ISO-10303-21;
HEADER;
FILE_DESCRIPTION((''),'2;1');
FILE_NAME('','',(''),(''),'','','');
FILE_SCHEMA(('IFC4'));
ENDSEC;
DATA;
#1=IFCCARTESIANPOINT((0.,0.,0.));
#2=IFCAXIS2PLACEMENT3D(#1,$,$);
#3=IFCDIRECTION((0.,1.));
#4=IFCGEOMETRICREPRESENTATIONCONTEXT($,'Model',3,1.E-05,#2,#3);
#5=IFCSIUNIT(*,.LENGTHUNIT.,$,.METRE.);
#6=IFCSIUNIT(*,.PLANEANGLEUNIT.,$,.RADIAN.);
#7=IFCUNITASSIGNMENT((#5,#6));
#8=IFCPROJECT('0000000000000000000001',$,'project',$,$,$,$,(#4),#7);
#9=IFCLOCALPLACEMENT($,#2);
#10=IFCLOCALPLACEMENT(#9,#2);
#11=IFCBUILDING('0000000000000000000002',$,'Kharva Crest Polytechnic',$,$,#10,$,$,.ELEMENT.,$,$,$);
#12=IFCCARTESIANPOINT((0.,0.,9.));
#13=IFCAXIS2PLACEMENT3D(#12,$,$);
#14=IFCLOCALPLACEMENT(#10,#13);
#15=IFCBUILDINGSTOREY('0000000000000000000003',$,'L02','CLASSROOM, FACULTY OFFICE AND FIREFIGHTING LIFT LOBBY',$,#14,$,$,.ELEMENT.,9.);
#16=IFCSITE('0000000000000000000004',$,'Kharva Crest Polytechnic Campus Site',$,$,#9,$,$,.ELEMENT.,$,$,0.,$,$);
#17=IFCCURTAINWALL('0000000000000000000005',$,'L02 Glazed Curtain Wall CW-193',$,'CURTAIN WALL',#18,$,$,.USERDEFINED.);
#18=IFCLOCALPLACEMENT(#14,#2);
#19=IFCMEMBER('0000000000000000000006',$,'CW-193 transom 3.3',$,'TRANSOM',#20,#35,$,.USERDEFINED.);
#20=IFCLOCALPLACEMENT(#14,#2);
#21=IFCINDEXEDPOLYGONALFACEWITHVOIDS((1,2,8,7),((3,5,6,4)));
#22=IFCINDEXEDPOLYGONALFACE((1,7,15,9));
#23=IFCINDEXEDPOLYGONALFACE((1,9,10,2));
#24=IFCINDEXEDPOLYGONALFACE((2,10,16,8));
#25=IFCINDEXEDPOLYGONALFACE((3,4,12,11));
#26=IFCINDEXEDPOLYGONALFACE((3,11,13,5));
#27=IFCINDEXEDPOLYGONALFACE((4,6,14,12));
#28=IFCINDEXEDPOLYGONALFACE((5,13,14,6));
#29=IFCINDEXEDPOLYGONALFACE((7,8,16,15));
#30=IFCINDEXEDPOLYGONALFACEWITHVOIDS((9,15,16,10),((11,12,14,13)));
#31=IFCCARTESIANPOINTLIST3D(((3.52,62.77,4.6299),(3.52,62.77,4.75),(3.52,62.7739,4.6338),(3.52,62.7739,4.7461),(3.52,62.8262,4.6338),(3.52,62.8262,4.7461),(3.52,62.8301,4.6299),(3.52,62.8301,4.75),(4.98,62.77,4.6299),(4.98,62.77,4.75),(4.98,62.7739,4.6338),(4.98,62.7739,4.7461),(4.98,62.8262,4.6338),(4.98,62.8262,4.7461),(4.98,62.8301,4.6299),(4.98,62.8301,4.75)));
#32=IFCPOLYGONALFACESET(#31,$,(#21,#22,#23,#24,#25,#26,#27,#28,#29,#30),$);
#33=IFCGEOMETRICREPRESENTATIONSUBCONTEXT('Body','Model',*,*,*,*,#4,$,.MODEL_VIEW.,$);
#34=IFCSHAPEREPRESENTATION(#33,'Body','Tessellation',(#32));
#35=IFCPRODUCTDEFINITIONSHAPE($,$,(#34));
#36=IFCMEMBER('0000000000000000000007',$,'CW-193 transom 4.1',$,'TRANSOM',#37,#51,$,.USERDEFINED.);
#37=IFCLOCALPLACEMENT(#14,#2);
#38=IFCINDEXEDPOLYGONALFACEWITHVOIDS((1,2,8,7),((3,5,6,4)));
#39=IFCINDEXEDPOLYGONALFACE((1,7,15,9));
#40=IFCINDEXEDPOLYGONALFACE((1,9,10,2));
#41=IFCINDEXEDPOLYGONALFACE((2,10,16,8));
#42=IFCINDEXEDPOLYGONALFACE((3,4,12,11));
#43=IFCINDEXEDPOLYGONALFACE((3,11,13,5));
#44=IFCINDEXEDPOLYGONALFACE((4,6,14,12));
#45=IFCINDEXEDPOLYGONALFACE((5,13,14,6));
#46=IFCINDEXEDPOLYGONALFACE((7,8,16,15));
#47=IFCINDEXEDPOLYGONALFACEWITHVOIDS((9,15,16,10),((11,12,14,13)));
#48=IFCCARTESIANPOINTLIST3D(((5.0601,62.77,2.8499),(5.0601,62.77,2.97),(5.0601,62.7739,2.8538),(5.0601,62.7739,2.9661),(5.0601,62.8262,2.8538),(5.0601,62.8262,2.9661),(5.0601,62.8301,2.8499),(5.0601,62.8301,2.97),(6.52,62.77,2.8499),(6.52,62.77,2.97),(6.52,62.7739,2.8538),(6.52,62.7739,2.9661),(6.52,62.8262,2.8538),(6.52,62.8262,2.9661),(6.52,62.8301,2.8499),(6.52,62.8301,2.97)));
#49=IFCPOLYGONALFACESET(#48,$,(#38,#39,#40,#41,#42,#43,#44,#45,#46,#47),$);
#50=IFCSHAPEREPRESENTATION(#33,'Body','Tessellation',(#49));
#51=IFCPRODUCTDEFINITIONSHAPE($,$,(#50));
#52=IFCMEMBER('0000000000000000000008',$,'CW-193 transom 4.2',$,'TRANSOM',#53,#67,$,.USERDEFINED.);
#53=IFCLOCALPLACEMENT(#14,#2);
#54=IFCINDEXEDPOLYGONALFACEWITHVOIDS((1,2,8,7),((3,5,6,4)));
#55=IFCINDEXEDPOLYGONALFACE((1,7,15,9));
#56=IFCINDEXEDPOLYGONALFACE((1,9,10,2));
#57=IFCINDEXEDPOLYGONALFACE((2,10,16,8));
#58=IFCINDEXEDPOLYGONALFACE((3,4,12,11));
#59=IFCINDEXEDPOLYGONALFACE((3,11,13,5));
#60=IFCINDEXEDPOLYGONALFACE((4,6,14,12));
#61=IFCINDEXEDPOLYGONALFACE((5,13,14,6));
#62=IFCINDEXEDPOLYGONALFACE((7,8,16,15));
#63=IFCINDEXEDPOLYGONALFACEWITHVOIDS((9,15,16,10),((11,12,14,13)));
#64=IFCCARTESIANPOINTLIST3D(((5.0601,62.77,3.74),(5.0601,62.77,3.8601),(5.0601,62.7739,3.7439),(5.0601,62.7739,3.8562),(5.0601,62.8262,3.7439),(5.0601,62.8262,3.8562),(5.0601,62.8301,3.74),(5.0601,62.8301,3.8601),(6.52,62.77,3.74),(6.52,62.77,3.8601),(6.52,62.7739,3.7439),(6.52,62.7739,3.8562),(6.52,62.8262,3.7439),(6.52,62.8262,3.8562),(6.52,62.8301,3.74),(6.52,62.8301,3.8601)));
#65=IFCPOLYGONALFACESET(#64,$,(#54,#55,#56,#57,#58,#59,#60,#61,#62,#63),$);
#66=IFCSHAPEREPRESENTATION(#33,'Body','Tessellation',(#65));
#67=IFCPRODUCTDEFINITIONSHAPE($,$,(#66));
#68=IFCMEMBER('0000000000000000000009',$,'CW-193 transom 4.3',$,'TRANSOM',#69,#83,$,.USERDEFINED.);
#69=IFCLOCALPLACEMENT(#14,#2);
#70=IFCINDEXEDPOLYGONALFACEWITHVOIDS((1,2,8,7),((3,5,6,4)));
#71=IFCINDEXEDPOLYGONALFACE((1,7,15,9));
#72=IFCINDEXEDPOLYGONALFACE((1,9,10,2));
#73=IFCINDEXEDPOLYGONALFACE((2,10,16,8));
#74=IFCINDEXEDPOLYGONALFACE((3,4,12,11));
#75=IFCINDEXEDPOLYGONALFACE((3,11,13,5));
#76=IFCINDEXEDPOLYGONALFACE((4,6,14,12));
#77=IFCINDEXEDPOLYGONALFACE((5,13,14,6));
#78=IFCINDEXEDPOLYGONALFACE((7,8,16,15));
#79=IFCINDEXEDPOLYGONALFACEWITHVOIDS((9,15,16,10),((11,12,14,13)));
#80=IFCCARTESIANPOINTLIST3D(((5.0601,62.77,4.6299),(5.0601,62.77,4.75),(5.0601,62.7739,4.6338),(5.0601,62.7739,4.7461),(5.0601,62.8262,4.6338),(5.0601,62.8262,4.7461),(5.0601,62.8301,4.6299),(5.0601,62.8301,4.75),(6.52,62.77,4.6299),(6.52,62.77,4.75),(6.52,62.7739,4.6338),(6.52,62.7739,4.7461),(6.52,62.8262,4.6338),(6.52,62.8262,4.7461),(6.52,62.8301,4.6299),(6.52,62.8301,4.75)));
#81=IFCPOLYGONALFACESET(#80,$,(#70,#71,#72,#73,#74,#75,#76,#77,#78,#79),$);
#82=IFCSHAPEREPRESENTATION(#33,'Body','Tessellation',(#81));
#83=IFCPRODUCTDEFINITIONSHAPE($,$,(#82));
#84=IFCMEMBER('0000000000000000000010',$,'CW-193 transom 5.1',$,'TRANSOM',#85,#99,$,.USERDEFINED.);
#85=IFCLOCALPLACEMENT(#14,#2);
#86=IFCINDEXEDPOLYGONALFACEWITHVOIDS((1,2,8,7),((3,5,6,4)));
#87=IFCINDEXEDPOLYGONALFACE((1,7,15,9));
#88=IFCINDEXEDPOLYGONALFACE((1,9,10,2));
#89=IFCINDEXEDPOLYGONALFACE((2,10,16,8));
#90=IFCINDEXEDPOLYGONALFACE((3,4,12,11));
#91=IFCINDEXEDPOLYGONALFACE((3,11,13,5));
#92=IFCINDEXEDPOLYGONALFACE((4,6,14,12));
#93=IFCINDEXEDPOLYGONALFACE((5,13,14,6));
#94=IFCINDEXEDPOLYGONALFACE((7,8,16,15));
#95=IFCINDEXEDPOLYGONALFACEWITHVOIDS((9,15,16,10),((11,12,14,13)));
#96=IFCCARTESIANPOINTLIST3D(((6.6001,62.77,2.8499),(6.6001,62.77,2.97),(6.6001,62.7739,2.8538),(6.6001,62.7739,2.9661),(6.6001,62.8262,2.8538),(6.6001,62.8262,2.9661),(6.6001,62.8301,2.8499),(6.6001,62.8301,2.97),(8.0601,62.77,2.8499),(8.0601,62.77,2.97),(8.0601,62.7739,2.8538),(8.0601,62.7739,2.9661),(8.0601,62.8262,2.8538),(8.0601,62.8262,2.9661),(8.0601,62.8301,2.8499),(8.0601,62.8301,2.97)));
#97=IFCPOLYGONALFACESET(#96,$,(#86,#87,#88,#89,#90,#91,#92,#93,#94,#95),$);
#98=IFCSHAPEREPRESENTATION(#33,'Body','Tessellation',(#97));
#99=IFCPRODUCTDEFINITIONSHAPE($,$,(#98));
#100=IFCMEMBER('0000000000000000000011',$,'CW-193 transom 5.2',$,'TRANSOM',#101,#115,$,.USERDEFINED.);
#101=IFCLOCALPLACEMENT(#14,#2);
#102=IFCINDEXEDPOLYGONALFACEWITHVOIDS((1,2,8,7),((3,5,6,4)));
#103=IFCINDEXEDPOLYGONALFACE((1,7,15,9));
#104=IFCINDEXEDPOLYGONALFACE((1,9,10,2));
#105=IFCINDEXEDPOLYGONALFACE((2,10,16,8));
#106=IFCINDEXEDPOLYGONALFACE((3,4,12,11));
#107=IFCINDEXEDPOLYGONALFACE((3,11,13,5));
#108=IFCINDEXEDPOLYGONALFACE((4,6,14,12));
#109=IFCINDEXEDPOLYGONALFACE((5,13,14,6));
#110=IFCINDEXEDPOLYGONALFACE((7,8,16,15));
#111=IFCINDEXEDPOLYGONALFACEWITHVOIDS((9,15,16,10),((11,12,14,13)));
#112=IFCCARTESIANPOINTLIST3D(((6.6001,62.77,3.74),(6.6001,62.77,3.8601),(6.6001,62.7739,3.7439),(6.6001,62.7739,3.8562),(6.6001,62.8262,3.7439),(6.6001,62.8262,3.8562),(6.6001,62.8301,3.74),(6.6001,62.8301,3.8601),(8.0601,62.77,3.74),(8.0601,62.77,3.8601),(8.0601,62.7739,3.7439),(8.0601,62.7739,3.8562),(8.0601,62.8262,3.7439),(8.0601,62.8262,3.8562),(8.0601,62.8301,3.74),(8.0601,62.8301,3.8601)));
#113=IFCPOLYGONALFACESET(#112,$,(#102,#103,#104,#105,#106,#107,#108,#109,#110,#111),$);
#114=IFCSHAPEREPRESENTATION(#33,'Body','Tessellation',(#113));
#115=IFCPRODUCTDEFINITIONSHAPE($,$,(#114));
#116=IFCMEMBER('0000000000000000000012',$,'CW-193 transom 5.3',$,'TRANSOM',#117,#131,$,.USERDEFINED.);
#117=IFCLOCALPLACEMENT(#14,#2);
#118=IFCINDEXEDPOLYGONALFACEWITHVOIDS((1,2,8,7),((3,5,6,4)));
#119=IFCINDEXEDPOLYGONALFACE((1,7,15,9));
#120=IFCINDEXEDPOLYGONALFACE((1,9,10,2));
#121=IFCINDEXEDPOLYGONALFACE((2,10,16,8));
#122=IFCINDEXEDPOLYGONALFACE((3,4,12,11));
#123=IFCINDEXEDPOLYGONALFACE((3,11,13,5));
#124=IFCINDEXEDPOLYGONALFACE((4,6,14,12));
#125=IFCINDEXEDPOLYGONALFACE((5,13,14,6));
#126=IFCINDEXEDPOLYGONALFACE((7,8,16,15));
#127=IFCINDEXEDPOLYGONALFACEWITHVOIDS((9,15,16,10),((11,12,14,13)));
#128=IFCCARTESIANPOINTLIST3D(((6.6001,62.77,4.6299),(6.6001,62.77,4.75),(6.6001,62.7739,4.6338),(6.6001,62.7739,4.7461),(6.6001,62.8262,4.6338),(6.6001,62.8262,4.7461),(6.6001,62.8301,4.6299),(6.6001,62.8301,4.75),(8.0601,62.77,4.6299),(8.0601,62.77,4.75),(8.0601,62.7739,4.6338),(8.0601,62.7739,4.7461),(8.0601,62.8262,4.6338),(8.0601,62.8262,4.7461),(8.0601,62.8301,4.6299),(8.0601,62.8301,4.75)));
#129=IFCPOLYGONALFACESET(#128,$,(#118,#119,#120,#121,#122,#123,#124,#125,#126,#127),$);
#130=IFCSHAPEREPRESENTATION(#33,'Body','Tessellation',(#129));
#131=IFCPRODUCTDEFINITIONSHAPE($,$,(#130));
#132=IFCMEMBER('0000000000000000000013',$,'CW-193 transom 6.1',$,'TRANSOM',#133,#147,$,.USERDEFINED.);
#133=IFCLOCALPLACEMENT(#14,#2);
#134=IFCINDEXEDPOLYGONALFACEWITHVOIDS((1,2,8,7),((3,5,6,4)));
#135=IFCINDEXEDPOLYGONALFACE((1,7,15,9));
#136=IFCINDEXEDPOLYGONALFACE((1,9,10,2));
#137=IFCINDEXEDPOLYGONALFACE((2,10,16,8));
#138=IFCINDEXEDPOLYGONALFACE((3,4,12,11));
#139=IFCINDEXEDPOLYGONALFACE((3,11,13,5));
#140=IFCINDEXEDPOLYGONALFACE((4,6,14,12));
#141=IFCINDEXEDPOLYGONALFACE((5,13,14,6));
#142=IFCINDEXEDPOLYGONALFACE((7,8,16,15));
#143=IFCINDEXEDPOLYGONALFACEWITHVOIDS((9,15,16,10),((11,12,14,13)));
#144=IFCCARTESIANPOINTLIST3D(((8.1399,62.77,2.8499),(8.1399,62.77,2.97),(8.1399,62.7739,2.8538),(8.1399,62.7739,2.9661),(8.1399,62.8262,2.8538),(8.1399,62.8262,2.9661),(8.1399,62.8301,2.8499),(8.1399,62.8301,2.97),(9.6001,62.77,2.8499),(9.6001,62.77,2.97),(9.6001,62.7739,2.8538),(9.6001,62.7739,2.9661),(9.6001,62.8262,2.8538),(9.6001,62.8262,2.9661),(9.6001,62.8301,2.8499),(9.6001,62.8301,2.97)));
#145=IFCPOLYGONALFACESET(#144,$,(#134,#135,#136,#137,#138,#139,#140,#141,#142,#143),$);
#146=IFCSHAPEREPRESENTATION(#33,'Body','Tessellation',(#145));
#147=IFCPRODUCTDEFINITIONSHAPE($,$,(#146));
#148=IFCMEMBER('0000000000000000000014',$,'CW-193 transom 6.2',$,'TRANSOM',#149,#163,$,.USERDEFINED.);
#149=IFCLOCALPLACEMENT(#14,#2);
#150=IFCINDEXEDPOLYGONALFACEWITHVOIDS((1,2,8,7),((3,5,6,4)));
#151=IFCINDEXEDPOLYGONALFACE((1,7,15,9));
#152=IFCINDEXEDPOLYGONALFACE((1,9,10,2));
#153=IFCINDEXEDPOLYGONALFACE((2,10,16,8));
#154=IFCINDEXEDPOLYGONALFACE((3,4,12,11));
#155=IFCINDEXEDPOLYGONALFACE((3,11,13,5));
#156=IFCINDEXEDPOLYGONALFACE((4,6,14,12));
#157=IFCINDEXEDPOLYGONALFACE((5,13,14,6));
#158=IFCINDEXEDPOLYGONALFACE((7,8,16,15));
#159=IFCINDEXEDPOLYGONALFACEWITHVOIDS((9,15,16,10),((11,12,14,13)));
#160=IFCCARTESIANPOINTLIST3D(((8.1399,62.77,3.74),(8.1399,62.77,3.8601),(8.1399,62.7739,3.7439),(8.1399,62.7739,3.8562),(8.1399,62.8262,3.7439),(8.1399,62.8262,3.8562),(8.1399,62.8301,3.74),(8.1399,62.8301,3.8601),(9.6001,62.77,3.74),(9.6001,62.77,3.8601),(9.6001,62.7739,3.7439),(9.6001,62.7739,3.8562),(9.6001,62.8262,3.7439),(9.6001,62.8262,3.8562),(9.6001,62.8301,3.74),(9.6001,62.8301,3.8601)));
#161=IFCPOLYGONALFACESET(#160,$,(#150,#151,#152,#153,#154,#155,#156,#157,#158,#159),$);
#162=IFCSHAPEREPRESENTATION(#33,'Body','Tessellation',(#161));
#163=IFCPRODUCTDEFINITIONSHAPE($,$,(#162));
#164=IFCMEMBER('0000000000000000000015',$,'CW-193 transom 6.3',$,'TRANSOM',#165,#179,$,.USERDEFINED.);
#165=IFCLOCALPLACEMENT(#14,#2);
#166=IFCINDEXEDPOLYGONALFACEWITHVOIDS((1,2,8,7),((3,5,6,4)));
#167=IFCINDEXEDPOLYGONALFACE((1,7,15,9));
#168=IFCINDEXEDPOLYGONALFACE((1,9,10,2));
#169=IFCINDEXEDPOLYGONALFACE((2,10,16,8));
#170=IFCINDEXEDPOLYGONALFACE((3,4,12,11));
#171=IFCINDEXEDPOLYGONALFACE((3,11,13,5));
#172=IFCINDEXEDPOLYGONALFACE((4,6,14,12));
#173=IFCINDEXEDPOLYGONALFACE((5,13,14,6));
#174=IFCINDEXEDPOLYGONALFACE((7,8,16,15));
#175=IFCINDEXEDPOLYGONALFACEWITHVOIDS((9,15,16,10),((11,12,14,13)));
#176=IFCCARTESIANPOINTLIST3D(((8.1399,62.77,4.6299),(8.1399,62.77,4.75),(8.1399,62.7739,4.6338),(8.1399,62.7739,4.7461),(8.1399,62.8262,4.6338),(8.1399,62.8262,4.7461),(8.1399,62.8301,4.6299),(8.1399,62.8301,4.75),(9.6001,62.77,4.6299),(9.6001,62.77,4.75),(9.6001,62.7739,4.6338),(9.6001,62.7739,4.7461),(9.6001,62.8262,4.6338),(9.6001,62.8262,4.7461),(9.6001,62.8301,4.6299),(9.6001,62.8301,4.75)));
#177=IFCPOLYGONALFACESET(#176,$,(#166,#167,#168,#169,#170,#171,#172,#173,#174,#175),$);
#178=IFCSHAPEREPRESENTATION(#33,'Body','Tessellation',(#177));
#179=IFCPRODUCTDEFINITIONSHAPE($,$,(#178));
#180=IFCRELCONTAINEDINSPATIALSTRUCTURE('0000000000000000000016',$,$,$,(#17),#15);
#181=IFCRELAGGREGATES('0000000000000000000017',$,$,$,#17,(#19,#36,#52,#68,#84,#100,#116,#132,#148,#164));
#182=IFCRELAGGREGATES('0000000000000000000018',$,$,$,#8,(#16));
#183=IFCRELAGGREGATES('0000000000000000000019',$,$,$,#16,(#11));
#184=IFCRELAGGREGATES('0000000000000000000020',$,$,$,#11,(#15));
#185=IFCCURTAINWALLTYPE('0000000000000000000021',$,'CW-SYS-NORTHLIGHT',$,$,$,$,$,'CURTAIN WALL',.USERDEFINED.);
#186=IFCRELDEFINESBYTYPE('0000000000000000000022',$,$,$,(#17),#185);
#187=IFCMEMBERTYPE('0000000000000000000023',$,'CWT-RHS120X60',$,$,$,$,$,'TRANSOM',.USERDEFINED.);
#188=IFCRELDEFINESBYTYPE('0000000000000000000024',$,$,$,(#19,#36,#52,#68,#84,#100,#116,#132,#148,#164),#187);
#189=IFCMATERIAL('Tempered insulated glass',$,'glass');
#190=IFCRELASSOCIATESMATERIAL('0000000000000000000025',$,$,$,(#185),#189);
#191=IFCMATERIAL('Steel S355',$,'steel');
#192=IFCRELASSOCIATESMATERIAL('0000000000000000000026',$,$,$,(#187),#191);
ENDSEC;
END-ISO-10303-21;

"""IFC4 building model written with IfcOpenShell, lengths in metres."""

from ifc_helpers import new_model, si_unit, direction, frame, origin, origin_2d, place, context, subcontext, project, spatial, hollow_rectangle, extrude, material, material_profile, profile_set, type_object, element, aggregate, save


model = new_model("IFC4")

# Units and contexts
model_context = context("Model", 3, precision=1e-05, world=origin(), true_north=direction((0.0, 1.0)))
body_context = subcontext(model_context, "Body", "Model", "MODEL_VIEW")
ifc_project = project(units=[si_unit("LENGTHUNIT", "METRE"), si_unit("PLANEANGLEUNIT", "RADIAN")], contexts=[model_context])

# Site, building, storey
site_placement = place(None, origin())
site = spatial("IfcSite", under=ifc_project, at=site_placement, Name="Kharva Crest Polytechnic Campus Site", CompositionType="ELEMENT", RefElevation=0.0)
building_placement = place(site_placement, origin())
building = spatial("IfcBuilding", under=site, at=building_placement, Name="Kharva Crest Polytechnic", CompositionType="ELEMENT")
storey_placement = place(building_placement, frame((0.0, 0.0, 9.0)))
storey = spatial("IfcBuildingStorey", under=building, at=storey_placement, Name="L02", Description="CLASSROOM, FACULTY OFFICE AND FIREFIGHTING LIFT LOBBY", CompositionType="ELEMENT", Elevation=9.0)

# Curtain wall, members
ifc_material_1 = material(Name="Tempered insulated glass", Category="glass")
curtain_wall_type = type_object("IfcCurtainWallType", Name="CW-SYS-NORTHLIGHT", ElementType="CURTAIN WALL", PredefinedType="USERDEFINED", material=ifc_material_1)
curtain_wall_placement = place(storey_placement, origin())
curtain_wall = element("IfcCurtainWall", 1, at=curtain_wall_placement, inside=storey, type_object=curtain_wall_type, Name="L02 Glazed Curtain Wall CW-193", ObjectType="CURTAIN WALL", PredefinedType="USERDEFINED")
ifc_material_2 = material(Name="Steel S355", Category="steel")
ifc_material_profile_1 = material_profile(ifc_material_2, hollow_rectangle(XDim=0.0601, YDim=0.1201, WallThickness=0.0039, at=origin_2d()), Name="RHS 120X60X4.0")
ifc_profile_set_1 = profile_set([ifc_material_profile_1], Name="Steel S355")
member_type_1 = type_object("IfcMemberType", Name="CWT-RHS120X60", ElementType="TRANSOM", PredefinedType="USERDEFINED", material=ifc_profile_set_1)
member_1_placement = place(storey_placement, frame((3.52, 62.8, 4.6899), z_axis=(1.0, 0.0, 0.0), x_axis=(0.0, 1.0, 0.0)))
member_1 = element("IfcMember", 2, at=member_1_placement, type_object=member_type_1, Name="CW-193 transom 3.3", ObjectType="TRANSOM", PredefinedType="USERDEFINED", context=body_context, shape_type="SweptSolid", body=[
    extrude(hollow_rectangle(XDim=0.0601, YDim=0.1201, WallThickness=0.0039, at=origin_2d()), origin(), (0.0, 0.0, 1.0), 1.46),
])
member_2_placement = place(storey_placement, frame((5.0601, 62.8, 2.9099), z_axis=(1.0, 0.0, 0.0), x_axis=(0.0, 1.0, 0.0)))
member_2 = element("IfcMember", 3, at=member_2_placement, type_object=member_type_1, Name="CW-193 transom 4.1", ObjectType="TRANSOM", PredefinedType="USERDEFINED", context=body_context, shape_type="SweptSolid", body=[
    extrude(hollow_rectangle(XDim=0.0601, YDim=0.1201, WallThickness=0.0039, at=origin_2d()), origin(), (0.0, 0.0, 1.0), 1.46),
])
member_3_placement = place(storey_placement, frame((5.0601, 62.8, 3.8), z_axis=(1.0, 0.0, 0.0), x_axis=(0.0, 1.0, 0.0)))
member_3 = element("IfcMember", 4, at=member_3_placement, type_object=member_type_1, Name="CW-193 transom 4.2", ObjectType="TRANSOM", PredefinedType="USERDEFINED", context=body_context, shape_type="SweptSolid", body=[
    extrude(hollow_rectangle(XDim=0.0601, YDim=0.1201, WallThickness=0.0039, at=origin_2d()), origin(), (0.0, 0.0, 1.0), 1.46),
])
member_4_placement = place(storey_placement, frame((5.0601, 62.8, 4.6899), z_axis=(1.0, 0.0, 0.0), x_axis=(0.0, 1.0, 0.0)))
member_4 = element("IfcMember", 5, at=member_4_placement, type_object=member_type_1, Name="CW-193 transom 4.3", ObjectType="TRANSOM", PredefinedType="USERDEFINED", context=body_context, shape_type="SweptSolid", body=[
    extrude(hollow_rectangle(XDim=0.0601, YDim=0.1201, WallThickness=0.0039, at=origin_2d()), origin(), (0.0, 0.0, 1.0), 1.46),
])
member_5_placement = place(storey_placement, frame((6.6001, 62.8, 2.9099), z_axis=(1.0, 0.0, 0.0), x_axis=(0.0, 1.0, 0.0)))
member_5 = element("IfcMember", 6, at=member_5_placement, type_object=member_type_1, Name="CW-193 transom 5.1", ObjectType="TRANSOM", PredefinedType="USERDEFINED", context=body_context, shape_type="SweptSolid", body=[
    extrude(hollow_rectangle(XDim=0.0601, YDim=0.1201, WallThickness=0.0039, at=origin_2d()), origin(), (0.0, 0.0, 1.0), 1.46),
])
member_6_placement = place(storey_placement, frame((6.6001, 62.8, 3.8), z_axis=(1.0, 0.0, 0.0), x_axis=(0.0, 1.0, 0.0)))
member_6 = element("IfcMember", 7, at=member_6_placement, type_object=member_type_1, Name="CW-193 transom 5.2", ObjectType="TRANSOM", PredefinedType="USERDEFINED", context=body_context, shape_type="SweptSolid", body=[
    extrude(hollow_rectangle(XDim=0.0601, YDim=0.1201, WallThickness=0.0039, at=origin_2d()), origin(), (0.0, 0.0, 1.0), 1.46),
])
member_7_placement = place(storey_placement, frame((6.6001, 62.8, 4.6899), z_axis=(1.0, 0.0, 0.0), x_axis=(0.0, 1.0, 0.0)))
member_7 = element("IfcMember", 8, at=member_7_placement, type_object=member_type_1, Name="CW-193 transom 5.3", ObjectType="TRANSOM", PredefinedType="USERDEFINED", context=body_context, shape_type="SweptSolid", body=[
    extrude(hollow_rectangle(XDim=0.0601, YDim=0.1201, WallThickness=0.0039, at=origin_2d()), origin(), (0.0, 0.0, 1.0), 1.46),
])
member_8_placement = place(storey_placement, frame((8.1399, 62.8, 2.9099), z_axis=(1.0, 0.0, 0.0), x_axis=(0.0, 1.0, 0.0)))
member_8 = element("IfcMember", 9, at=member_8_placement, type_object=member_type_1, Name="CW-193 transom 6.1", ObjectType="TRANSOM", PredefinedType="USERDEFINED", context=body_context, shape_type="SweptSolid", body=[
    extrude(hollow_rectangle(XDim=0.0601, YDim=0.1201, WallThickness=0.0039, at=origin_2d()), origin(), (0.0, 0.0, 1.0), 1.4602),
])
member_9_placement = place(storey_placement, frame((8.1399, 62.8, 3.8), z_axis=(1.0, 0.0, 0.0), x_axis=(0.0, 1.0, 0.0)))
member_9 = element("IfcMember", 10, at=member_9_placement, type_object=member_type_1, Name="CW-193 transom 6.2", ObjectType="TRANSOM", PredefinedType="USERDEFINED", context=body_context, shape_type="SweptSolid", body=[
    extrude(hollow_rectangle(XDim=0.0601, YDim=0.1201, WallThickness=0.0039, at=origin_2d()), origin(), (0.0, 0.0, 1.0), 1.4602),
])
member_10_placement = place(storey_placement, frame((8.1399, 62.8, 4.6899), z_axis=(1.0, 0.0, 0.0), x_axis=(0.0, 1.0, 0.0)))
member_10 = element("IfcMember", 11, at=member_10_placement, type_object=member_type_1, Name="CW-193 transom 6.3", ObjectType="TRANSOM", PredefinedType="USERDEFINED", context=body_context, shape_type="SweptSolid", body=[
    extrude(hollow_rectangle(XDim=0.0601, YDim=0.1201, WallThickness=0.0039, at=origin_2d()), origin(), (0.0, 0.0, 1.0), 1.4602),
])

aggregate(curtain_wall, [member_1, member_2, member_3, member_4, member_5, member_6, member_7, member_8, member_9, member_10])

save(model, "model.ifc")
